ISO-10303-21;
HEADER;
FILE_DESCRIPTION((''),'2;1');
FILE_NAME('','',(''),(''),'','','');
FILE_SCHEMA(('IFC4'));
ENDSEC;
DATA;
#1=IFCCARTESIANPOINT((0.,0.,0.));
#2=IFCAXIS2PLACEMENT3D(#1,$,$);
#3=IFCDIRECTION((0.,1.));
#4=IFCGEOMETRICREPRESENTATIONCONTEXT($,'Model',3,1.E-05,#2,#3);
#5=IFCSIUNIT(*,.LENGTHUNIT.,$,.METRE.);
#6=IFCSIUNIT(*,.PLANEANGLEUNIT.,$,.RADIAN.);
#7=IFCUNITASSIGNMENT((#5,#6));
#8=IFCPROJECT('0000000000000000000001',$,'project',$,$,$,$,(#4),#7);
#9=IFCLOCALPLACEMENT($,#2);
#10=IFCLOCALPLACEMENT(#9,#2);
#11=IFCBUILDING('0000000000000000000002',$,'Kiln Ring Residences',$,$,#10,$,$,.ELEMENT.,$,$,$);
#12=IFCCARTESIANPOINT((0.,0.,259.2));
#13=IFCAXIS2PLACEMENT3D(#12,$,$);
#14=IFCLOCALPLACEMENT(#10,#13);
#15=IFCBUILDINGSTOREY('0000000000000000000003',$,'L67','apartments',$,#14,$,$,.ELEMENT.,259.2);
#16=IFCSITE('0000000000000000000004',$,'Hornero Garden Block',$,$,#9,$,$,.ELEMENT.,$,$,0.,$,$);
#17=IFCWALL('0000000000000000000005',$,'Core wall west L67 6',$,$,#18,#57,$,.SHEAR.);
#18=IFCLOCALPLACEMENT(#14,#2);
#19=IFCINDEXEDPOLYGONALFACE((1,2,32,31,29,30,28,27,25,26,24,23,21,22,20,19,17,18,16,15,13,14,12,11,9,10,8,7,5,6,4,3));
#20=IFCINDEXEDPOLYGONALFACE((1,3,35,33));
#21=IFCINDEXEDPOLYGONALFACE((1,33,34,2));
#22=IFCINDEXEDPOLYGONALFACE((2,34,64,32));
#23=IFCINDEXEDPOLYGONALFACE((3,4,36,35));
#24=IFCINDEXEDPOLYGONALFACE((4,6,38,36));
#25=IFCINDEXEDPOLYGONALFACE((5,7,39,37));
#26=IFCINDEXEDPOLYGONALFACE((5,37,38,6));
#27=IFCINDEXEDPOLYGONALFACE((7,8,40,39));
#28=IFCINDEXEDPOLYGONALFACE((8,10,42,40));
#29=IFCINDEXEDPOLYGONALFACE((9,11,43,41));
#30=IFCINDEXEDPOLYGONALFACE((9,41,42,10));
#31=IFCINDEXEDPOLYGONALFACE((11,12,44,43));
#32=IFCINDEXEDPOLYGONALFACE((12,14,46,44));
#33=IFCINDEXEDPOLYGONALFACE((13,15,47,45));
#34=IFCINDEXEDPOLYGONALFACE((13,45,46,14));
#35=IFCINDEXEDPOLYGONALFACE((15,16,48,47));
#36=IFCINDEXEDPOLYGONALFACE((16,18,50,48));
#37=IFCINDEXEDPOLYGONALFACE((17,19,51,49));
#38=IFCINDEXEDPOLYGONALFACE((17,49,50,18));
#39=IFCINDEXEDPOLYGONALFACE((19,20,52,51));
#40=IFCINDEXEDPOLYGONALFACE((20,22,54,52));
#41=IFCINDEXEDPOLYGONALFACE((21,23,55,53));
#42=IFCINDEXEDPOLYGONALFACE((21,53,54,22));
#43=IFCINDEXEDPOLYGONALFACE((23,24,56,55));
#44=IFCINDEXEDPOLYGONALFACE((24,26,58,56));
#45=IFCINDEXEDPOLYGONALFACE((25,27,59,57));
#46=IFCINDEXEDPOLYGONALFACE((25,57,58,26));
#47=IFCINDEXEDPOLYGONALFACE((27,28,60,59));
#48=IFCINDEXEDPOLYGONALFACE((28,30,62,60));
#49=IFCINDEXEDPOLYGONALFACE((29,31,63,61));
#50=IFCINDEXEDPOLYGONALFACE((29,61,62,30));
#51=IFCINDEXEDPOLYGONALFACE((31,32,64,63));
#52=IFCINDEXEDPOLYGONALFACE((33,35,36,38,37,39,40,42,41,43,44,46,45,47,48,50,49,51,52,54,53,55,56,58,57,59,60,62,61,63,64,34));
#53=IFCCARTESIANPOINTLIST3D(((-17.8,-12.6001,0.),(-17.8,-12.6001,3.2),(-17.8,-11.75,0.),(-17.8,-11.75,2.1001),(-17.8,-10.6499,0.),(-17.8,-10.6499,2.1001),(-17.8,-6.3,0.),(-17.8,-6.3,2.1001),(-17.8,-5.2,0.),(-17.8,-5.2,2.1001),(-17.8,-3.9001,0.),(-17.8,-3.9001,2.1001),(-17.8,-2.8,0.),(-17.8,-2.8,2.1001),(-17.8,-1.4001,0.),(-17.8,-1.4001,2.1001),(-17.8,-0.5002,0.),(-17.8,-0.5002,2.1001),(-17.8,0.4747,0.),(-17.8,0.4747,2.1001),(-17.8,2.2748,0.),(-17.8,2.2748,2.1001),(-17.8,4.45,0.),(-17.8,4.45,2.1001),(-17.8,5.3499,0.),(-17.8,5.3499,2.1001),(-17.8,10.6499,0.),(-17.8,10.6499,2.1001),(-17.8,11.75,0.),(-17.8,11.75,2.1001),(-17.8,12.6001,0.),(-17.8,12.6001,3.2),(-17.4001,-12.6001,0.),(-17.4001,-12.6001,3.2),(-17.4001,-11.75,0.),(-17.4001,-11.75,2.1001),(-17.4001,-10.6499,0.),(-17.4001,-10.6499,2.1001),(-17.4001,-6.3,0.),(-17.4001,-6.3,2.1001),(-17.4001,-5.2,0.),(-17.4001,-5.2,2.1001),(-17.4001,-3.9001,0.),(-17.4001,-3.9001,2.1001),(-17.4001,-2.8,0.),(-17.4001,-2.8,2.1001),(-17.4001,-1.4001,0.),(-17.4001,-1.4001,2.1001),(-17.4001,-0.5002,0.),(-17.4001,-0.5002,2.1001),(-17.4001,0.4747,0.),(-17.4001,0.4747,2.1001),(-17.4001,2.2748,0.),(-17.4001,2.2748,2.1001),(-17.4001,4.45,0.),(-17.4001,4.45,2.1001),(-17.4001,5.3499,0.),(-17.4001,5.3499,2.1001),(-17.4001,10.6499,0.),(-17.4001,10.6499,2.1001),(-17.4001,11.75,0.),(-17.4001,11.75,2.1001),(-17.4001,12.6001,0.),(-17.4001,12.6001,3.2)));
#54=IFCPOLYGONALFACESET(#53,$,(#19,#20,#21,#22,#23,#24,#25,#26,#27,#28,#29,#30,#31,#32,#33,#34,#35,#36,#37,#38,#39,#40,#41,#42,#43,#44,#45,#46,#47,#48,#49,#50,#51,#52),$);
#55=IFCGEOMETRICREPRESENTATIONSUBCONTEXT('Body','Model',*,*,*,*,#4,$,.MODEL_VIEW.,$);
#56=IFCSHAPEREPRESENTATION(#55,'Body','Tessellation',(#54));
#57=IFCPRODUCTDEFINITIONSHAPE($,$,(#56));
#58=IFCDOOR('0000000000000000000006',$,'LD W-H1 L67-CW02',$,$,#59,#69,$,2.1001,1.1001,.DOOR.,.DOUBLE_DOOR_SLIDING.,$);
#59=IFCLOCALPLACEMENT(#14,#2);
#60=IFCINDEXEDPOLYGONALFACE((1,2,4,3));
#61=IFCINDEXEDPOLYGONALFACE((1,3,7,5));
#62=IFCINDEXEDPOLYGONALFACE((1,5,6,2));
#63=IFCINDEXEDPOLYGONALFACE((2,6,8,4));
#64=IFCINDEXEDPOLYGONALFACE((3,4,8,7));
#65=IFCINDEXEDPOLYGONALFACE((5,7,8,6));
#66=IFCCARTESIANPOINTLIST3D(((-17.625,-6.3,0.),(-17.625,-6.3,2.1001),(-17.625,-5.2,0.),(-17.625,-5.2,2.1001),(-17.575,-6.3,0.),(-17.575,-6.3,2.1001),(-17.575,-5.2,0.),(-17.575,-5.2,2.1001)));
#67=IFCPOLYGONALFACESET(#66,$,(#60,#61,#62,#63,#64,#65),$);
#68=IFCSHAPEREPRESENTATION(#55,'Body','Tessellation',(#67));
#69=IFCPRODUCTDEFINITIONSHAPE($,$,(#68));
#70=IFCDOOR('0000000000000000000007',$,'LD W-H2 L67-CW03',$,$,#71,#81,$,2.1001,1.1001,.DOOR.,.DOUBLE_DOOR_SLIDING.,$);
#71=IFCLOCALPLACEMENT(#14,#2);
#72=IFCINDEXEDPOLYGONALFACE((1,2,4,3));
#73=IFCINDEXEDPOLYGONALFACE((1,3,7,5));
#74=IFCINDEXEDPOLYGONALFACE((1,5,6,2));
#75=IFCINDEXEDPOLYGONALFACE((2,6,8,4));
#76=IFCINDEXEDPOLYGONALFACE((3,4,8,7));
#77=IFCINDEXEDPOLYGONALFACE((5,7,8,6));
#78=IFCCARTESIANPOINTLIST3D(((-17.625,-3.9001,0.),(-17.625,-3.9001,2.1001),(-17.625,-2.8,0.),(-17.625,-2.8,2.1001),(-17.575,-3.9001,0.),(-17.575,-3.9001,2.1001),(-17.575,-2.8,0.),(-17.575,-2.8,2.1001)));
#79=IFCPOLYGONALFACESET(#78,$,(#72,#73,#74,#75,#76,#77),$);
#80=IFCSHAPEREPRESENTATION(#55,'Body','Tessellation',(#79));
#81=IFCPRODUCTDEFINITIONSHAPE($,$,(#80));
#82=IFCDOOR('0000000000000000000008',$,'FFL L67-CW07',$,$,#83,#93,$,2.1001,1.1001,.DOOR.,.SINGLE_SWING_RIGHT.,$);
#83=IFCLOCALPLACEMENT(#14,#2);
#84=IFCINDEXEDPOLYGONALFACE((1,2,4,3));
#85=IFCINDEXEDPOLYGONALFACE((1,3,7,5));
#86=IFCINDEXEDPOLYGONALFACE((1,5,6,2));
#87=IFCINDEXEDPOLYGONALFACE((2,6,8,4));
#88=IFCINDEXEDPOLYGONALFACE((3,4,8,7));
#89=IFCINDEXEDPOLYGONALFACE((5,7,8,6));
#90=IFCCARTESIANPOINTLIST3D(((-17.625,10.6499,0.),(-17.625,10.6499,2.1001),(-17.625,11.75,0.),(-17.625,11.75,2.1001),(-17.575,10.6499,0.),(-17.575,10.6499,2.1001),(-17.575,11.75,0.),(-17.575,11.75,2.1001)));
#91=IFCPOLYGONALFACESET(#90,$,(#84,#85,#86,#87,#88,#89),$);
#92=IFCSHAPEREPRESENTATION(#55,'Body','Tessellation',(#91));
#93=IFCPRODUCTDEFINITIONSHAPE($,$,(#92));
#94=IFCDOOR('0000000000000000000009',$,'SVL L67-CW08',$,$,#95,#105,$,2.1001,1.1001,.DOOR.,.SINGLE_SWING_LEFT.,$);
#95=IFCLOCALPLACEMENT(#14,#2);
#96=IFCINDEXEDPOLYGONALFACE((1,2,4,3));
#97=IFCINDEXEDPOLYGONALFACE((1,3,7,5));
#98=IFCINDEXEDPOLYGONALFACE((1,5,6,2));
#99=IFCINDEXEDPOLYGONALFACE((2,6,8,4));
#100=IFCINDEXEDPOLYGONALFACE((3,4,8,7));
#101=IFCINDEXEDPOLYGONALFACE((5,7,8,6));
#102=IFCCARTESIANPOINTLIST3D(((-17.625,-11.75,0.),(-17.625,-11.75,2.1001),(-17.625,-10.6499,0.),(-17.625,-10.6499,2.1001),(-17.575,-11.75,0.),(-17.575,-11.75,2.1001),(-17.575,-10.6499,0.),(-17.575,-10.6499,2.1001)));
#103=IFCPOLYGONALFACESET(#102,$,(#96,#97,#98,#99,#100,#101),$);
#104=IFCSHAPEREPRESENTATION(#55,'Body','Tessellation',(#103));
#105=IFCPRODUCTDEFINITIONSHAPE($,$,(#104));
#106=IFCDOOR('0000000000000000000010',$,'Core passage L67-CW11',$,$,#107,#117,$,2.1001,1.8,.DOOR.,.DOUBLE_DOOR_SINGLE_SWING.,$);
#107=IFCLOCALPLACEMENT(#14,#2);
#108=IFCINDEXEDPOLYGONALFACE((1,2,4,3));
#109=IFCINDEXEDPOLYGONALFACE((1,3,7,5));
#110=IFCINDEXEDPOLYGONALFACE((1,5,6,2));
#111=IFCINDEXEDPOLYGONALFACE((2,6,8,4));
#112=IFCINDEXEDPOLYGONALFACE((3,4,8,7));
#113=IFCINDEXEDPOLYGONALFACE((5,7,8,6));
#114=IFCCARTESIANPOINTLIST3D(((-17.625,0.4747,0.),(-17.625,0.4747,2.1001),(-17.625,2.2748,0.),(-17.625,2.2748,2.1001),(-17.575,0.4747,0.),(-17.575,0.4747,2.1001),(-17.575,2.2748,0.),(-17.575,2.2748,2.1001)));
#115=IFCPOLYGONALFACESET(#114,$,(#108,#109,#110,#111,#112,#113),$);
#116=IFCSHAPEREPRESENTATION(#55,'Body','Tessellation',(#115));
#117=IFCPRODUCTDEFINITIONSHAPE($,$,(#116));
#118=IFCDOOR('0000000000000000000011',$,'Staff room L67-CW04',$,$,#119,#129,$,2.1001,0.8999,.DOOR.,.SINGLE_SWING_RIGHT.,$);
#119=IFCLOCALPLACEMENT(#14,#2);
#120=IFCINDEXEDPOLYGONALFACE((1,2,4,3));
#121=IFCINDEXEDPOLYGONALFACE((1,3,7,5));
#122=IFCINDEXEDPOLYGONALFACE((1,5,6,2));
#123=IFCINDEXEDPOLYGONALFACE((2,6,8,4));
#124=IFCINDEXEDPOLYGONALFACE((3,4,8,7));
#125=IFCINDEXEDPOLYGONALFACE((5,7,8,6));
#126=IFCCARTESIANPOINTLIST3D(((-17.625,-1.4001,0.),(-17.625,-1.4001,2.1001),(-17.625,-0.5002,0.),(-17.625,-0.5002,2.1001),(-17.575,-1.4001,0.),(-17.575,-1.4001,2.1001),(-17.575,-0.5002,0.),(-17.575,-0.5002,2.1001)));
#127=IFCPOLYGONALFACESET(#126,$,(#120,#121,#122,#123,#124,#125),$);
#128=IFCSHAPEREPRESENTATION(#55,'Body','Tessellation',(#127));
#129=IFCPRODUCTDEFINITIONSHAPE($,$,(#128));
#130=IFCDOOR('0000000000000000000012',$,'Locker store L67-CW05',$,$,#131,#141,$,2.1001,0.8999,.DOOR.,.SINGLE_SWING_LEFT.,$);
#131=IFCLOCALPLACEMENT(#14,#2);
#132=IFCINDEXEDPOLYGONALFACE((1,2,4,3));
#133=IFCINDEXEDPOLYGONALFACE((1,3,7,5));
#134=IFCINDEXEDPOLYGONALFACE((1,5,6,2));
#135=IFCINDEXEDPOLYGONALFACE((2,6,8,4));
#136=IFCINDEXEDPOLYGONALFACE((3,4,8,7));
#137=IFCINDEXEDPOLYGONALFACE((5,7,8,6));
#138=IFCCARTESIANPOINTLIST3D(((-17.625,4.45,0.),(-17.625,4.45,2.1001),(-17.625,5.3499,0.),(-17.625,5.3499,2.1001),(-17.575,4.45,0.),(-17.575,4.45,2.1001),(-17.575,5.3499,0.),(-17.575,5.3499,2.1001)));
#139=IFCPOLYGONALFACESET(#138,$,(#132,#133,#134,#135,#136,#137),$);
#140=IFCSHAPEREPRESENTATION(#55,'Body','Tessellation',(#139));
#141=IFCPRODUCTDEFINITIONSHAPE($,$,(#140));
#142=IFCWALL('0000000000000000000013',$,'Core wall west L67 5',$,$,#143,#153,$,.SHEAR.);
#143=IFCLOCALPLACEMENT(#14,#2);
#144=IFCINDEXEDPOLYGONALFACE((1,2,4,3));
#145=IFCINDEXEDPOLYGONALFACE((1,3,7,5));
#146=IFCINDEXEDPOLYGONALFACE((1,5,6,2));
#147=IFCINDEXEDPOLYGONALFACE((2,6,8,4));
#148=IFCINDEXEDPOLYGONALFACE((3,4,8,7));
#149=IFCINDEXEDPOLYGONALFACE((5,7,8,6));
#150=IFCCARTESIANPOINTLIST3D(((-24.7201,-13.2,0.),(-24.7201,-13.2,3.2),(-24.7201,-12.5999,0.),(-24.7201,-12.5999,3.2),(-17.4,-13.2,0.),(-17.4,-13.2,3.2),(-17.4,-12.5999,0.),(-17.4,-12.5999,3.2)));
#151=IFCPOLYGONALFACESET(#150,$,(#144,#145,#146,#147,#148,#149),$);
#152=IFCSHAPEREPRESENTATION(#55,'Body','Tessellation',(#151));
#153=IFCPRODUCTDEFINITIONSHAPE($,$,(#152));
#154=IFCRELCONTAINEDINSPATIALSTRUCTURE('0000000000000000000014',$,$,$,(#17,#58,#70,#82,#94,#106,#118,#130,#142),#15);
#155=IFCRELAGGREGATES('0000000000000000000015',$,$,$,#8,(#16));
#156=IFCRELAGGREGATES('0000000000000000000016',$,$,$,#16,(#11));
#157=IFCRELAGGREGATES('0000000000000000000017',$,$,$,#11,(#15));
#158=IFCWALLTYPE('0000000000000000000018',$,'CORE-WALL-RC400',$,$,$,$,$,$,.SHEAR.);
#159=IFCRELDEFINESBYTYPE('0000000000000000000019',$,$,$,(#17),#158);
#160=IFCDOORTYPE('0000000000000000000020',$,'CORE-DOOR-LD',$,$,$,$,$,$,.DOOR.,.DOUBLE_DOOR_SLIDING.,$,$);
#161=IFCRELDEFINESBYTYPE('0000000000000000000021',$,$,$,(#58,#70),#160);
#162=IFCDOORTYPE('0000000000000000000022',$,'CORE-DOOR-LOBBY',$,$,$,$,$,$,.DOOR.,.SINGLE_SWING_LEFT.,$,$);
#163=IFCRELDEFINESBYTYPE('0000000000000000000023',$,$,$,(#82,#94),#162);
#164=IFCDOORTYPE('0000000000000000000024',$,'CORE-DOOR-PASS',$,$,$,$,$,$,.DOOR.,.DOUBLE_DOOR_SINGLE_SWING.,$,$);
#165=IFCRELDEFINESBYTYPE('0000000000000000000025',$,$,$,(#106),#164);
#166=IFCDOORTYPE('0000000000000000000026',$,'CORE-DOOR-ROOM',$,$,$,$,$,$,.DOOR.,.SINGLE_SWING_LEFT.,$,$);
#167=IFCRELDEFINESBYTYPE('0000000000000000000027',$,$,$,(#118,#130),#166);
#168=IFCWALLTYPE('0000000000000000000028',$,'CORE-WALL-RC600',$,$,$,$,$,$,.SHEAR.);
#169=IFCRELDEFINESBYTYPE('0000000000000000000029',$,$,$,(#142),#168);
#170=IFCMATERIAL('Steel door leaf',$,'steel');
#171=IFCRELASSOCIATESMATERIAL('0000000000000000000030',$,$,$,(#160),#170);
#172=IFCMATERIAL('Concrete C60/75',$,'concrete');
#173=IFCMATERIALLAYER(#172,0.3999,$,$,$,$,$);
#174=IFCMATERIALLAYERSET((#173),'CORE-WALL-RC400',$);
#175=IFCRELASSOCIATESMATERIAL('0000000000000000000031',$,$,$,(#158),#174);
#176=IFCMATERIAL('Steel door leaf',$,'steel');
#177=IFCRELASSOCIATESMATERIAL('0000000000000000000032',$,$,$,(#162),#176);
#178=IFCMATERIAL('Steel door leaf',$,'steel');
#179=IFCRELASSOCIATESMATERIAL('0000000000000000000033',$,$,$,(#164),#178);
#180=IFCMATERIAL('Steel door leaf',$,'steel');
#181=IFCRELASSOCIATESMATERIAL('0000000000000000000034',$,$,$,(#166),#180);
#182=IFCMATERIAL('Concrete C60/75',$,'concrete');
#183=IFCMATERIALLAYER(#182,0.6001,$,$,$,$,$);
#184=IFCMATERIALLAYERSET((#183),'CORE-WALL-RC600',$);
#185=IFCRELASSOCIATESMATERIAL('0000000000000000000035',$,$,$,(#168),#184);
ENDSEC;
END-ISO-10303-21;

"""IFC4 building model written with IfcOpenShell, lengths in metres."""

from ifc_helpers import new_model, si_unit, direction, frame, frame_2d, origin, place, context, subcontext, project, spatial, rectangle, extrude, material, layer, layer_set, type_object, element, fill, save


model = new_model("IFC4")

# Units and contexts
model_context = context("Model", 3, precision=1e-05, world=origin(), true_north=direction((0.0, 1.0)))
body_context = subcontext(model_context, "Body", "Model", "MODEL_VIEW")
ifc_project = project(units=[si_unit("LENGTHUNIT", "METRE"), si_unit("PLANEANGLEUNIT", "RADIAN")], contexts=[model_context])

# Site, building, storey
site_placement = place(None, origin())
site = spatial("IfcSite", under=ifc_project, at=site_placement, Name="Hornero Garden Block", CompositionType="ELEMENT", RefElevation=0.0)
building_placement = place(site_placement, origin())
building = spatial("IfcBuilding", under=site, at=building_placement, Name="Kiln Ring Residences", CompositionType="ELEMENT")
storey_placement = place(building_placement, frame((0.0, 0.0, 259.2)))
storey = spatial("IfcBuildingStorey", under=building, at=storey_placement, Name="L67", Description="apartments", CompositionType="ELEMENT", Elevation=259.2)

# Shared definitions
ifc_material_1 = material(Name="Steel door leaf", Category="steel")
door_type_1 = type_object("IfcDoorType", Name="CORE-DOOR-LD", OperationType="DOUBLE_DOOR_SLIDING", PredefinedType="DOOR", material=ifc_material_1)

# Wall, openings, doors
ifc_material_2 = material(Name="Concrete C60/75", Category="concrete")
ifc_layer_1 = layer(ifc_material_2, 0.3999)
ifc_layer_set_1 = layer_set([ifc_layer_1], Name="CORE-WALL-RC400")
wall_type_1 = type_object("IfcWallType", Name="CORE-WALL-RC400", PredefinedType="SHEAR", material=ifc_layer_set_1)
wall_1_placement = place(storey_placement, frame((-17.6001, -12.6001, 0.0), z_axis=(0.0, 0.0, 1.0), x_axis=(0.0, 1.0, 0.0)))
wall_1 = element("IfcWall", 1, at=wall_1_placement, inside=storey, type_object=wall_type_1, Name="Core wall west L67 6", PredefinedType="SHEAR", context=body_context, shape_type="SweptSolid", body=[
    extrude(rectangle(XDim=25.2002, YDim=0.3999, at=frame_2d((12.6001, 0.0))), origin(), (0.0, 0.0, 1.0), 3.2),
])
opening_1_placement = place(wall_1_placement, frame((6.3, 0.0, 0.0)))
opening_1 = element("IfcOpeningElement", 2, at=opening_1_placement, cuts=wall_1, PredefinedType="OPENING", context=body_context, shape_type="SweptSolid", body=[
    extrude(rectangle(XDim=1.1001, YDim=2.1001, at=frame_2d((0.55, 1.05))), frame((0.0, 0.21, 0.0), z_axis=(0.0, -1.0, 0.0), x_axis=(1.0, 0.0, 0.0)), (0.0, 0.0, 1.0), 0.4199),
])
opening_2_placement = place(wall_1_placement, frame((8.7, 0.0, 0.0)))
opening_2 = element("IfcOpeningElement", 3, at=opening_2_placement, cuts=wall_1, PredefinedType="OPENING", context=body_context, shape_type="SweptSolid", body=[
    extrude(rectangle(XDim=1.1001, YDim=2.1001, at=frame_2d((0.55, 1.05))), frame((0.0, 0.21, 0.0), z_axis=(0.0, -1.0, 0.0), x_axis=(1.0, 0.0, 0.0)), (0.0, 0.0, 1.0), 0.4199),
])
opening_3_placement = place(wall_1_placement, frame((11.2, 0.0, 0.0)))
opening_3 = element("IfcOpeningElement", 4, at=opening_3_placement, cuts=wall_1, PredefinedType="OPENING", context=body_context, shape_type="SweptSolid", body=[
    extrude(rectangle(XDim=0.8999, YDim=2.1001, at=frame_2d((0.45, 1.05))), frame((0.0, 0.21, 0.0), z_axis=(0.0, -1.0, 0.0), x_axis=(1.0, 0.0, 0.0)), (0.0, 0.0, 1.0), 0.4199),
])
opening_4_placement = place(wall_1_placement, frame((17.05, 0.0, 0.0)))
opening_4 = element("IfcOpeningElement", 5, at=opening_4_placement, cuts=wall_1, PredefinedType="OPENING", context=body_context, shape_type="SweptSolid", body=[
    extrude(rectangle(XDim=0.8999, YDim=2.1001, at=frame_2d((0.45, 1.05))), frame((0.0, 0.21, 0.0), z_axis=(0.0, -1.0, 0.0), x_axis=(1.0, 0.0, 0.0)), (0.0, 0.0, 1.0), 0.4199),
])
opening_5_placement = place(wall_1_placement, frame((23.25, 0.0, 0.0)))
opening_5 = element("IfcOpeningElement", 6, at=opening_5_placement, cuts=wall_1, PredefinedType="OPENING", context=body_context, shape_type="SweptSolid", body=[
    extrude(rectangle(XDim=1.1001, YDim=2.1001, at=frame_2d((0.55, 1.05))), frame((0.0, 0.21, 0.0), z_axis=(0.0, -1.0, 0.0), x_axis=(1.0, 0.0, 0.0)), (0.0, 0.0, 1.0), 0.4199),
])
opening_6_placement = place(wall_1_placement, frame((0.8501, 0.0, 0.0)))
opening_6 = element("IfcOpeningElement", 7, at=opening_6_placement, cuts=wall_1, PredefinedType="OPENING", context=body_context, shape_type="SweptSolid", body=[
    extrude(rectangle(XDim=1.1001, YDim=2.1001, at=frame_2d((0.55, 1.05))), frame((0.0, 0.21, 0.0), z_axis=(0.0, -1.0, 0.0), x_axis=(1.0, 0.0, 0.0)), (0.0, 0.0, 1.0), 0.4199),
])
opening_7_placement = place(wall_1_placement, frame((13.075, 0.0, 0.0)))
opening_7 = element("IfcOpeningElement", 8, at=opening_7_placement, cuts=wall_1, PredefinedType="OPENING", context=body_context, shape_type="SweptSolid", body=[
    extrude(rectangle(XDim=1.8, YDim=2.1001, at=frame_2d((0.8999, 1.05))), frame((0.0, 0.21, 0.0), z_axis=(0.0, -1.0, 0.0), x_axis=(1.0, 0.0, 0.0)), (0.0, 0.0, 1.0), 0.4199),
])
door_1_placement = place(opening_1_placement, origin())
door_1 = element("IfcDoor", 9, at=door_1_placement, inside=storey, type_object=door_type_1, Name="LD W-H1 L67-CW02", OperationType="DOUBLE_DOOR_SLIDING", OverallHeight=2.1001, OverallWidth=1.1001, PredefinedType="DOOR", context=body_context, shape_type="SweptSolid", body=[
    extrude(rectangle(XDim=1.1001, YDim=2.1001, at=frame_2d((0.55, 1.05))), frame((0.0, 0.0249, 0.0), z_axis=(0.0, -1.0, 0.0), x_axis=(1.0, 0.0, 0.0)), (0.0, 0.0, 1.0), 0.05),
])
fill(opening_1, door_1)
door_2_placement = place(opening_2_placement, origin())
door_2 = element("IfcDoor", 10, at=door_2_placement, inside=storey, type_object=door_type_1, Name="LD W-H2 L67-CW03", OperationType="DOUBLE_DOOR_SLIDING", OverallHeight=2.1001, OverallWidth=1.1001, PredefinedType="DOOR", context=body_context, shape_type="SweptSolid", body=[
    extrude(rectangle(XDim=1.1001, YDim=2.1001, at=frame_2d((0.55, 1.05))), frame((0.0, 0.0249, 0.0), z_axis=(0.0, -1.0, 0.0), x_axis=(1.0, 0.0, 0.0)), (0.0, 0.0, 1.0), 0.05),
])
fill(opening_2, door_2)
ifc_material_3 = material(Name="Steel door leaf", Category="steel")
door_type_2 = type_object("IfcDoorType", Name="CORE-DOOR-LOBBY", OperationType="SINGLE_SWING_LEFT", PredefinedType="DOOR", material=ifc_material_3)
door_3_placement = place(opening_5_placement, origin())
door_3 = element("IfcDoor", 11, at=door_3_placement, inside=storey, type_object=door_type_2, Name="FFL L67-CW07", OperationType="SINGLE_SWING_RIGHT", OverallHeight=2.1001, OverallWidth=1.1001, PredefinedType="DOOR", context=body_context, shape_type="SweptSolid", body=[
    extrude(rectangle(XDim=1.1001, YDim=2.1001, at=frame_2d((0.55, 1.05))), frame((0.0, 0.0249, 0.0), z_axis=(0.0, -1.0, 0.0), x_axis=(1.0, 0.0, 0.0)), (0.0, 0.0, 1.0), 0.05),
])
fill(opening_5, door_3)
door_4_placement = place(opening_6_placement, origin())
door_4 = element("IfcDoor", 12, at=door_4_placement, inside=storey, type_object=door_type_2, Name="SVL L67-CW08", OperationType="SINGLE_SWING_LEFT", OverallHeight=2.1001, OverallWidth=1.1001, PredefinedType="DOOR", context=body_context, shape_type="SweptSolid", body=[
    extrude(rectangle(XDim=1.1001, YDim=2.1001, at=frame_2d((0.55, 1.05))), frame((0.0, 0.0249, 0.0), z_axis=(0.0, -1.0, 0.0), x_axis=(1.0, 0.0, 0.0)), (0.0, 0.0, 1.0), 0.05),
])
fill(opening_6, door_4)
ifc_material_4 = material(Name="Steel door leaf", Category="steel")
door_type_3 = type_object("IfcDoorType", Name="CORE-DOOR-PASS", OperationType="DOUBLE_DOOR_SINGLE_SWING", PredefinedType="DOOR", material=ifc_material_4)
door_5_placement = place(opening_7_placement, origin())
door_5 = element("IfcDoor", 13, at=door_5_placement, inside=storey, type_object=door_type_3, Name="Core passage L67-CW11", OperationType="DOUBLE_DOOR_SINGLE_SWING", OverallHeight=2.1001, OverallWidth=1.8, PredefinedType="DOOR", context=body_context, shape_type="SweptSolid", body=[
    extrude(rectangle(XDim=1.8, YDim=2.1001, at=frame_2d((0.8999, 1.05))), frame((0.0, 0.0249, 0.0), z_axis=(0.0, -1.0, 0.0), x_axis=(1.0, 0.0, 0.0)), (0.0, 0.0, 1.0), 0.05),
])
fill(opening_7, door_5)
ifc_material_5 = material(Name="Steel door leaf", Category="steel")
door_type_4 = type_object("IfcDoorType", Name="CORE-DOOR-ROOM", OperationType="SINGLE_SWING_LEFT", PredefinedType="DOOR", material=ifc_material_5)
door_6_placement = place(opening_3_placement, origin())
door_6 = element("IfcDoor", 14, at=door_6_placement, inside=storey, type_object=door_type_4, Name="Staff room L67-CW04", OperationType="SINGLE_SWING_RIGHT", OverallHeight=2.1001, OverallWidth=0.8999, PredefinedType="DOOR", context=body_context, shape_type="SweptSolid", body=[
    extrude(rectangle(XDim=0.8999, YDim=2.1001, at=frame_2d((0.45, 1.05))), frame((0.0, 0.0249, 0.0), z_axis=(0.0, -1.0, 0.0), x_axis=(1.0, 0.0, 0.0)), (0.0, 0.0, 1.0), 0.05),
])
fill(opening_3, door_6)
door_7_placement = place(opening_4_placement, origin())
door_7 = element("IfcDoor", 15, at=door_7_placement, inside=storey, type_object=door_type_4, Name="Locker store L67-CW05", OperationType="SINGLE_SWING_LEFT", OverallHeight=2.1001, OverallWidth=0.8999, PredefinedType="DOOR", context=body_context, shape_type="SweptSolid", body=[
    extrude(rectangle(XDim=0.8999, YDim=2.1001, at=frame_2d((0.45, 1.05))), frame((0.0, 0.0249, 0.0), z_axis=(0.0, -1.0, 0.0), x_axis=(1.0, 0.0, 0.0)), (0.0, 0.0, 1.0), 0.05),
])
fill(opening_4, door_7)

# Wall
ifc_material_6 = material(Name="Concrete C60/75", Category="concrete")
ifc_layer_2 = layer(ifc_material_6, 0.6001)
ifc_layer_set_2 = layer_set([ifc_layer_2], Name="CORE-WALL-RC600")
wall_type_2 = type_object("IfcWallType", Name="CORE-WALL-RC600", PredefinedType="SHEAR", material=ifc_layer_set_2)
wall_2_placement = place(storey_placement, frame((-17.3999, -12.8999, 0.0), z_axis=(0.0, 0.0, 1.0), x_axis=(-1.0, 0.0, 0.0)))
element("IfcWall", 16, at=wall_2_placement, inside=storey, type_object=wall_type_2, Name="Core wall west L67 5", PredefinedType="SHEAR", context=body_context, shape_type="SweptSolid", body=[
    extrude(rectangle(XDim=7.3201, YDim=0.6001, at=frame_2d((3.6602, 0.0))), origin(), (0.0, 0.0, 1.0), 3.2),
])

save(model, "model.ifc")
